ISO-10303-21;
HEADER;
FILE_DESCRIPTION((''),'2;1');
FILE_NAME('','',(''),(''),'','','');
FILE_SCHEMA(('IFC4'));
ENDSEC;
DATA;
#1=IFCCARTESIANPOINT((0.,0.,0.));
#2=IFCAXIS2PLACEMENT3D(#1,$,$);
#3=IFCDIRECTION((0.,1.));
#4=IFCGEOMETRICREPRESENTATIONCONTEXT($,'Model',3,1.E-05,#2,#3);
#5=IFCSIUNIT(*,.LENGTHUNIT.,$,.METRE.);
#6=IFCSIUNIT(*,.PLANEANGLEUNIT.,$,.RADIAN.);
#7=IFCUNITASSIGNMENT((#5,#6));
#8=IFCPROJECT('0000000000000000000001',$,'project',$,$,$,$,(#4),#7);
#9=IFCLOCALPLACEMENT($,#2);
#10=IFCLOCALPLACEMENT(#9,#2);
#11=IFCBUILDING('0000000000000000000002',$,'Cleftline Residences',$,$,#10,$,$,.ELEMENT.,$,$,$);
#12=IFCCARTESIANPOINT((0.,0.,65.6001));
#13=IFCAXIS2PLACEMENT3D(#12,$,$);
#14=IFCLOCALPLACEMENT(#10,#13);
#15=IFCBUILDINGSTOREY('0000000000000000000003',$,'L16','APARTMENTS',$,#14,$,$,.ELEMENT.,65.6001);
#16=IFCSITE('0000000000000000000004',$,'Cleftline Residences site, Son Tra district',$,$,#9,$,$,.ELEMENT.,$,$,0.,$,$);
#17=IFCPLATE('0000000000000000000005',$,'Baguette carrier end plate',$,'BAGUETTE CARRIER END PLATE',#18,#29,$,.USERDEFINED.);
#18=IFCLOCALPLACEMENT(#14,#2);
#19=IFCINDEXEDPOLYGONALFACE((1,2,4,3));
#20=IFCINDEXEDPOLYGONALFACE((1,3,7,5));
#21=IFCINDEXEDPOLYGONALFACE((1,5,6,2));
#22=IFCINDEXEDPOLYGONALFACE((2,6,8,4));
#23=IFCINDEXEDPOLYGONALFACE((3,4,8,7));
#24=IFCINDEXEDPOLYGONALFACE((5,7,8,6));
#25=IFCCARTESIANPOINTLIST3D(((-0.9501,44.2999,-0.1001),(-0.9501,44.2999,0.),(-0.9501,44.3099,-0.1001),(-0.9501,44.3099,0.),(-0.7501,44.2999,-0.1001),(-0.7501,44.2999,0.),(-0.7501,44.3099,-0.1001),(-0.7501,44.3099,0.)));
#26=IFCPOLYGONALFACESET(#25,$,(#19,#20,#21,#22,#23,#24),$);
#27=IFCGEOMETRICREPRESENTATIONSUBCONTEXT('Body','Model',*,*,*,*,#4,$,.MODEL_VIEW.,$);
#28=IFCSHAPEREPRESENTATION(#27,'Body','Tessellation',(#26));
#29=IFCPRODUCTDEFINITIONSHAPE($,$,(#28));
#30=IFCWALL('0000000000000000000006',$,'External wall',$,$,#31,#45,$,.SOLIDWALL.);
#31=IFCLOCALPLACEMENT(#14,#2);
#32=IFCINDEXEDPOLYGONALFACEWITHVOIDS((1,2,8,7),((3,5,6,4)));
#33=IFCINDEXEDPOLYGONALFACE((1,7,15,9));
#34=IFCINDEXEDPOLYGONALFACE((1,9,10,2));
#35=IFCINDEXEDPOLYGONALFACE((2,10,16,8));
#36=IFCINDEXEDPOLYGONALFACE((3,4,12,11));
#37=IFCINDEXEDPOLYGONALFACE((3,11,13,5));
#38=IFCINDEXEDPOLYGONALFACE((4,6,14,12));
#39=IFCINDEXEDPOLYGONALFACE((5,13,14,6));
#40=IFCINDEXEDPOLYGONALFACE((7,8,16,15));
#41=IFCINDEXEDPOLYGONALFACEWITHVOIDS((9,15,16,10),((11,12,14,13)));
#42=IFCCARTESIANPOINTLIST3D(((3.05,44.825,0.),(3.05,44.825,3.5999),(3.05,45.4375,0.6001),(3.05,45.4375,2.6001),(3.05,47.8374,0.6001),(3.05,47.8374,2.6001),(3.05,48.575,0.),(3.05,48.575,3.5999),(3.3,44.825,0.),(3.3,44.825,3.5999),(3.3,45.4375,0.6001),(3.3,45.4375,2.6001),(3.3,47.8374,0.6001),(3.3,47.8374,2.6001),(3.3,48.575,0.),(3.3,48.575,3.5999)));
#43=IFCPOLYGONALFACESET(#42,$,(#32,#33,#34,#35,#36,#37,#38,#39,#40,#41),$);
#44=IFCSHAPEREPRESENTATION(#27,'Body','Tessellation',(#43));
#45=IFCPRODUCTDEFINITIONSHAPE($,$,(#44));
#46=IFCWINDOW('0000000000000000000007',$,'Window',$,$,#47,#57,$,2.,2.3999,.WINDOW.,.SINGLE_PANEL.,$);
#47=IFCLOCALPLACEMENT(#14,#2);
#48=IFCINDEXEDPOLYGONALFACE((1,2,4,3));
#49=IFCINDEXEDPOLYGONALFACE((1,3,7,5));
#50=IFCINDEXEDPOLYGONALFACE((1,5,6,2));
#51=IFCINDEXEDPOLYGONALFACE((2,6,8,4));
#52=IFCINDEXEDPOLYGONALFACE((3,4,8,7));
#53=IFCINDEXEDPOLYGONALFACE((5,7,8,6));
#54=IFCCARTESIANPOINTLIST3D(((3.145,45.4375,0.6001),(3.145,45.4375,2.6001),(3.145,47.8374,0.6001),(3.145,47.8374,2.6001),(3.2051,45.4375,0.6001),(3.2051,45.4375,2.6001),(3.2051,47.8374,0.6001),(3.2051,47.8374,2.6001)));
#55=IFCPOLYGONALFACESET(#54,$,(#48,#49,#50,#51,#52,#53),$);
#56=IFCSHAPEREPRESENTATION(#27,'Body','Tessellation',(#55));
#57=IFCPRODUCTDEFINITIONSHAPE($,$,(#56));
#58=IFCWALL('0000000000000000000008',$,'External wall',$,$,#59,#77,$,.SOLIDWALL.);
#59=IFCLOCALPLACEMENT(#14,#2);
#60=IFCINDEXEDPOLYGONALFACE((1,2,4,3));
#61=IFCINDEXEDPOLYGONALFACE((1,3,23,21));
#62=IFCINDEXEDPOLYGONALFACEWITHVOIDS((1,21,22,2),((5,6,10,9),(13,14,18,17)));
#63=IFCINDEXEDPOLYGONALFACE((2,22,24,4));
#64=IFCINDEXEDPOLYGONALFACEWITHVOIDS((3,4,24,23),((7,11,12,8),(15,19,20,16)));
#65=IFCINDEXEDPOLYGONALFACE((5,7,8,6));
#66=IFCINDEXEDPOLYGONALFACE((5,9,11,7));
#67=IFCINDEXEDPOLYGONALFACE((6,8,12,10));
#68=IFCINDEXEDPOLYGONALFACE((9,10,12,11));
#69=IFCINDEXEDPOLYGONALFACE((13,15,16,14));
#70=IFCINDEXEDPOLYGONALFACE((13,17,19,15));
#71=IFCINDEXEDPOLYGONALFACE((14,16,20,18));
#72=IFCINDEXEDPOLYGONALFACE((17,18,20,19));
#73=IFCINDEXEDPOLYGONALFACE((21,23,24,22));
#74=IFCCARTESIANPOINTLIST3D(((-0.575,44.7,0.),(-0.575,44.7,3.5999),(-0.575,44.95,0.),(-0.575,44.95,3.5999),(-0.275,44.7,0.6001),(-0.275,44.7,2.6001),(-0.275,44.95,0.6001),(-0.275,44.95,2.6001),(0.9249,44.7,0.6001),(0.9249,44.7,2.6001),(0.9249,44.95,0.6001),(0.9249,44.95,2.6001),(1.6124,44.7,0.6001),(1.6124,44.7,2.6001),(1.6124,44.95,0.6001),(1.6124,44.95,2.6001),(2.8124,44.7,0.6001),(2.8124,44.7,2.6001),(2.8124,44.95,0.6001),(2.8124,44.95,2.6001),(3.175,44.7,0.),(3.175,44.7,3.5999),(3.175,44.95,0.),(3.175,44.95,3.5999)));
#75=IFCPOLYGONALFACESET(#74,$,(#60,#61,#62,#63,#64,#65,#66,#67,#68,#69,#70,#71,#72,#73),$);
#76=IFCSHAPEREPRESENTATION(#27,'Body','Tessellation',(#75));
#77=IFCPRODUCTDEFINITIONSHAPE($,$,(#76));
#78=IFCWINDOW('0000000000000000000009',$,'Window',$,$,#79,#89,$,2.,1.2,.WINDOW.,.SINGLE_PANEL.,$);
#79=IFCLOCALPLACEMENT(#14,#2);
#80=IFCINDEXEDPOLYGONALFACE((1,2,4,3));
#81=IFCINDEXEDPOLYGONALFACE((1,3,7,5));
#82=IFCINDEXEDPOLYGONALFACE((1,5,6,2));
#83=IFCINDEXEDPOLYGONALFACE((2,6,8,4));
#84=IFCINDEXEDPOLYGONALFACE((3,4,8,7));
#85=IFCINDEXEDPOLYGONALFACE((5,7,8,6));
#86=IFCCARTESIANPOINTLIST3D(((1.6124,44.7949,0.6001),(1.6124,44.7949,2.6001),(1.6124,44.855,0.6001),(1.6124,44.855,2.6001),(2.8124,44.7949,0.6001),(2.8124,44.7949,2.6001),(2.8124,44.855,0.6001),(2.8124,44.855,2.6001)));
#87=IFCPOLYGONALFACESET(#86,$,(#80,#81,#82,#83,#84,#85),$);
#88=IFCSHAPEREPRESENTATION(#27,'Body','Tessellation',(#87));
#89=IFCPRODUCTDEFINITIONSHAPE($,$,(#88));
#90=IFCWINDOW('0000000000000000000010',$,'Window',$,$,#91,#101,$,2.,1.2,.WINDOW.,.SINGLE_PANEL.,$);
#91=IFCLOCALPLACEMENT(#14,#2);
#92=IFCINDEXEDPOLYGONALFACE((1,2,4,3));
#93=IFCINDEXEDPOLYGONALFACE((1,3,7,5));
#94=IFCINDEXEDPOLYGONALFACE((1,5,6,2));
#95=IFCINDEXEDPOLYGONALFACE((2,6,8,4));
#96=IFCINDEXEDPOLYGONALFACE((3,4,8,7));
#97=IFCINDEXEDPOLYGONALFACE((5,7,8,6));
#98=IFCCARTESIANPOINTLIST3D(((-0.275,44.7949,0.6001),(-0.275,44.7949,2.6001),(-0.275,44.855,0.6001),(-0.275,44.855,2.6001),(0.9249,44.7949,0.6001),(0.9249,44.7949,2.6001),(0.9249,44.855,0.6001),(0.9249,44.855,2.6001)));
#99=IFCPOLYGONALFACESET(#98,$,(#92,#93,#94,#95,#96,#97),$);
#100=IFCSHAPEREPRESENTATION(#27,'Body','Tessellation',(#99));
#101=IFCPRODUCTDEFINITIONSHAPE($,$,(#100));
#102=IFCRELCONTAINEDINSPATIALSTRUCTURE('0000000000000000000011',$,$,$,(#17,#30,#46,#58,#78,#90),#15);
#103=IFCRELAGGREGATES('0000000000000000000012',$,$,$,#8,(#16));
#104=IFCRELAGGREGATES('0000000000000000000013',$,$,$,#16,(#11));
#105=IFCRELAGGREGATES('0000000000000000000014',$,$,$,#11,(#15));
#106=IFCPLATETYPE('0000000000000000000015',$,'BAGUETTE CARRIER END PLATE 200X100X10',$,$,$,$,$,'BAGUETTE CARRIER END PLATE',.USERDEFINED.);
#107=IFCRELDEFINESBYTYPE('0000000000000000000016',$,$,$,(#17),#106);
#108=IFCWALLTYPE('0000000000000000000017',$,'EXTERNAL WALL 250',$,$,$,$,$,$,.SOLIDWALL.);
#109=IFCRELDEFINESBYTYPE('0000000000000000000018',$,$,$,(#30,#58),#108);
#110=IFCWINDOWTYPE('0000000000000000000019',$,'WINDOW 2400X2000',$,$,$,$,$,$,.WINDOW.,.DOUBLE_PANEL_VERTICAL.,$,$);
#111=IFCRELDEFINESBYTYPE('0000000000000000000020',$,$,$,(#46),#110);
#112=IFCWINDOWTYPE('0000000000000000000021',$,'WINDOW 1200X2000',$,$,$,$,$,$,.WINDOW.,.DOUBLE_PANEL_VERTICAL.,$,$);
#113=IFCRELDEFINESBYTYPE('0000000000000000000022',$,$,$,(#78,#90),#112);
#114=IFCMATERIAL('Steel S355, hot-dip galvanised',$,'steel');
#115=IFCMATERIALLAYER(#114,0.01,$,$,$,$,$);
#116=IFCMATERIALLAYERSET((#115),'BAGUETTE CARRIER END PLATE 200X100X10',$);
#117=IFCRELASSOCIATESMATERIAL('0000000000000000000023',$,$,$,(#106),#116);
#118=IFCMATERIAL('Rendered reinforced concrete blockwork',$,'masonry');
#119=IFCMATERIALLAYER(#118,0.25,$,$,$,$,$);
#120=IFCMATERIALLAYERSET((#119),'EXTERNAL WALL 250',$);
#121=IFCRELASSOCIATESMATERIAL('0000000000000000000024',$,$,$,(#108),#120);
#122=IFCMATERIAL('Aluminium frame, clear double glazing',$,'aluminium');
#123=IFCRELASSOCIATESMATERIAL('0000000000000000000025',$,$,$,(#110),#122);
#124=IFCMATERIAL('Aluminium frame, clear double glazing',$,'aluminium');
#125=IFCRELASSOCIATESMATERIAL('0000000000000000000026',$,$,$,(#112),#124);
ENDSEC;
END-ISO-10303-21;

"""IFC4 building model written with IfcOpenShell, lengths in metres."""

from ifc_helpers import new_model, si_unit, direction, frame, frame_2d, origin, origin_2d, place, context, subcontext, project, spatial, rectangle, extrude, material, layer, layer_set, type_object, element, fill, save


model = new_model("IFC4")

# Units and contexts
model_context = context("Model", 3, precision=1e-05, world=origin(), true_north=direction((0.0, 1.0)))
body_context = subcontext(model_context, "Body", "Model", "MODEL_VIEW")
ifc_project = project(units=[si_unit("LENGTHUNIT", "METRE"), si_unit("PLANEANGLEUNIT", "RADIAN")], contexts=[model_context])

# Site, building, storey
site_placement = place(None, origin())
site = spatial("IfcSite", under=ifc_project, at=site_placement, Name="Cleftline Residences site, Son Tra district", CompositionType="ELEMENT", RefElevation=0.0)
building_placement = place(site_placement, origin())
building = spatial("IfcBuilding", under=site, at=building_placement, Name="Cleftline Residences", CompositionType="ELEMENT")
storey_placement = place(building_placement, frame((0.0, 0.0, 65.6001)))
storey = spatial("IfcBuildingStorey", under=building, at=storey_placement, Name="L16", Description="APARTMENTS", CompositionType="ELEMENT", Elevation=65.6001)

# Plate
ifc_material_1 = material(Name="Steel S355, hot-dip galvanised", Category="steel")
ifc_layer_1 = layer(ifc_material_1, 0.01)
ifc_layer_set_1 = layer_set([ifc_layer_1], Name="BAGUETTE CARRIER END PLATE 200X100X10")
plate_type = type_object("IfcPlateType", Name="BAGUETTE CARRIER END PLATE 200X100X10", ElementType="BAGUETTE CARRIER END PLATE", PredefinedType="USERDEFINED", material=ifc_layer_set_1)
plate_placement = place(storey_placement, frame((-0.8501, 44.3049, -0.1001), z_axis=(0.0, 0.0, 1.0), x_axis=(-1.0, 0.0, 0.0)))
element("IfcPlate", 1, at=plate_placement, inside=storey, type_object=plate_type, Name="Baguette carrier end plate", ObjectType="BAGUETTE CARRIER END PLATE", PredefinedType="USERDEFINED", context=body_context, shape_type="SweptSolid", body=[
    extrude(rectangle(XDim=0.2, YDim=0.01, at=origin_2d()), origin(), (0.0, 0.0, 1.0), 0.1001),
])

# Wall, opening, window
ifc_material_2 = material(Name="Rendered reinforced concrete blockwork", Category="masonry")
ifc_layer_2 = layer(ifc_material_2, 0.25)
ifc_layer_set_2 = layer_set([ifc_layer_2], Name="EXTERNAL WALL 250")
wall_type_1 = type_object("IfcWallType", Name="EXTERNAL WALL 250", PredefinedType="SOLIDWALL", material=ifc_layer_set_2)
wall_1_placement = place(storey_placement, frame((3.175, 48.575, 0.0), z_axis=(0.0, 0.0, 1.0), x_axis=(0.0, -1.0, 0.0)))
wall_1 = element("IfcWall", 2, at=wall_1_placement, inside=storey, type_object=wall_type_1, Name="External wall", PredefinedType="SOLIDWALL", context=body_context, shape_type="SweptSolid", body=[
    extrude(rectangle(XDim=3.75, YDim=0.25, at=frame_2d((1.875, 0.0))), origin(), (0.0, 0.0, 1.0), 3.5999),
])
opening_1_placement = place(wall_1_placement, frame((0.7375, 0.0, 0.6001)))
opening_1 = element("IfcOpeningElement", 3, at=opening_1_placement, cuts=wall_1, PredefinedType="OPENING", context=body_context, shape_type="SweptSolid", body=[
    extrude(rectangle(XDim=2.3999, YDim=2.0, at=frame_2d((1.2, 1.0))), frame((0.0, 0.135, 0.0), z_axis=(0.0, -1.0, 0.0), x_axis=(1.0, 0.0, 0.0)), (0.0, 0.0, 1.0), 0.27),
])
ifc_material_3 = material(Name="Aluminium frame, clear double glazing", Category="aluminium")
window_type_1 = type_object("IfcWindowType", Name="WINDOW 2400X2000", PartitioningType="DOUBLE_PANEL_VERTICAL", PredefinedType="WINDOW", material=ifc_material_3)
window_1_placement = place(opening_1_placement, origin())
window_1 = element("IfcWindow", 4, at=window_1_placement, inside=storey, type_object=window_type_1, Name="Window", OverallHeight=2.0, OverallWidth=2.3999, PartitioningType="SINGLE_PANEL", PredefinedType="WINDOW", context=body_context, shape_type="SweptSolid", body=[
    extrude(rectangle(XDim=2.3999, YDim=2.0, at=frame_2d((1.2, 1.0))), frame((0.0, 0.03, 0.0), z_axis=(0.0, -1.0, 0.0), x_axis=(1.0, 0.0, 0.0)), (0.0, 0.0, 1.0), 0.0601),
])
fill(opening_1, window_1)

# Wall, openings, windows
wall_2_placement = place(storey_placement, frame((3.175, 44.825, 0.0), z_axis=(0.0, 0.0, 1.0), x_axis=(-1.0, 0.0, 0.0)))
wall_2 = element("IfcWall", 5, at=wall_2_placement, inside=storey, type_object=wall_type_1, Name="External wall", PredefinedType="SOLIDWALL", context=body_context, shape_type="SweptSolid", body=[
    extrude(rectangle(XDim=3.75, YDim=0.25, at=frame_2d((1.875, 0.0))), origin(), (0.0, 0.0, 1.0), 3.5999),
])
opening_2_placement = place(wall_2_placement, frame((0.3625, 0.0, 0.6001)))
opening_2 = element("IfcOpeningElement", 6, at=opening_2_placement, cuts=wall_2, PredefinedType="OPENING", context=body_context, shape_type="SweptSolid", body=[
    extrude(rectangle(XDim=1.2, YDim=2.0, at=frame_2d((0.6001, 1.0))), frame((0.0, 0.135, 0.0), z_axis=(0.0, -1.0, 0.0), x_axis=(1.0, 0.0, 0.0)), (0.0, 0.0, 1.0), 0.27),
])
opening_3_placement = place(wall_2_placement, frame((2.25, 0.0, 0.6001)))
opening_3 = element("IfcOpeningElement", 7, at=opening_3_placement, cuts=wall_2, PredefinedType="OPENING", context=body_context, shape_type="SweptSolid", body=[
    extrude(rectangle(XDim=1.2, YDim=2.0, at=frame_2d((0.6001, 1.0))), frame((0.0, 0.135, 0.0), z_axis=(0.0, -1.0, 0.0), x_axis=(1.0, 0.0, 0.0)), (0.0, 0.0, 1.0), 0.27),
])
ifc_material_4 = material(Name="Aluminium frame, clear double glazing", Category="aluminium")
window_type_2 = type_object("IfcWindowType", Name="WINDOW 1200X2000", PartitioningType="DOUBLE_PANEL_VERTICAL", PredefinedType="WINDOW", material=ifc_material_4)
window_2_placement = place(opening_2_placement, origin())
window_2 = element("IfcWindow", 8, at=window_2_placement, inside=storey, type_object=window_type_2, Name="Window", OverallHeight=2.0, OverallWidth=1.2, PartitioningType="SINGLE_PANEL", PredefinedType="WINDOW", context=body_context, shape_type="SweptSolid", body=[
    extrude(rectangle(XDim=1.2, YDim=2.0, at=frame_2d((0.6001, 1.0))), frame((0.0, 0.03, 0.0), z_axis=(0.0, -1.0, 0.0), x_axis=(1.0, 0.0, 0.0)), (0.0, 0.0, 1.0), 0.0601),
])
fill(opening_2, window_2)
window_3_placement = place(opening_3_placement, origin())
window_3 = element("IfcWindow", 9, at=window_3_placement, inside=storey, type_object=window_type_2, Name="Window", OverallHeight=2.0, OverallWidth=1.2, PartitioningType="SINGLE_PANEL", PredefinedType="WINDOW", context=body_context, shape_type="SweptSolid", body=[
    extrude(rectangle(XDim=1.2, YDim=2.0, at=frame_2d((0.6001, 1.0))), frame((0.0, 0.03, 0.0), z_axis=(0.0, -1.0, 0.0), x_axis=(1.0, 0.0, 0.0)), (0.0, 0.0, 1.0), 0.0601),
])
fill(opening_3, window_3)

save(model, "model.ifc")
